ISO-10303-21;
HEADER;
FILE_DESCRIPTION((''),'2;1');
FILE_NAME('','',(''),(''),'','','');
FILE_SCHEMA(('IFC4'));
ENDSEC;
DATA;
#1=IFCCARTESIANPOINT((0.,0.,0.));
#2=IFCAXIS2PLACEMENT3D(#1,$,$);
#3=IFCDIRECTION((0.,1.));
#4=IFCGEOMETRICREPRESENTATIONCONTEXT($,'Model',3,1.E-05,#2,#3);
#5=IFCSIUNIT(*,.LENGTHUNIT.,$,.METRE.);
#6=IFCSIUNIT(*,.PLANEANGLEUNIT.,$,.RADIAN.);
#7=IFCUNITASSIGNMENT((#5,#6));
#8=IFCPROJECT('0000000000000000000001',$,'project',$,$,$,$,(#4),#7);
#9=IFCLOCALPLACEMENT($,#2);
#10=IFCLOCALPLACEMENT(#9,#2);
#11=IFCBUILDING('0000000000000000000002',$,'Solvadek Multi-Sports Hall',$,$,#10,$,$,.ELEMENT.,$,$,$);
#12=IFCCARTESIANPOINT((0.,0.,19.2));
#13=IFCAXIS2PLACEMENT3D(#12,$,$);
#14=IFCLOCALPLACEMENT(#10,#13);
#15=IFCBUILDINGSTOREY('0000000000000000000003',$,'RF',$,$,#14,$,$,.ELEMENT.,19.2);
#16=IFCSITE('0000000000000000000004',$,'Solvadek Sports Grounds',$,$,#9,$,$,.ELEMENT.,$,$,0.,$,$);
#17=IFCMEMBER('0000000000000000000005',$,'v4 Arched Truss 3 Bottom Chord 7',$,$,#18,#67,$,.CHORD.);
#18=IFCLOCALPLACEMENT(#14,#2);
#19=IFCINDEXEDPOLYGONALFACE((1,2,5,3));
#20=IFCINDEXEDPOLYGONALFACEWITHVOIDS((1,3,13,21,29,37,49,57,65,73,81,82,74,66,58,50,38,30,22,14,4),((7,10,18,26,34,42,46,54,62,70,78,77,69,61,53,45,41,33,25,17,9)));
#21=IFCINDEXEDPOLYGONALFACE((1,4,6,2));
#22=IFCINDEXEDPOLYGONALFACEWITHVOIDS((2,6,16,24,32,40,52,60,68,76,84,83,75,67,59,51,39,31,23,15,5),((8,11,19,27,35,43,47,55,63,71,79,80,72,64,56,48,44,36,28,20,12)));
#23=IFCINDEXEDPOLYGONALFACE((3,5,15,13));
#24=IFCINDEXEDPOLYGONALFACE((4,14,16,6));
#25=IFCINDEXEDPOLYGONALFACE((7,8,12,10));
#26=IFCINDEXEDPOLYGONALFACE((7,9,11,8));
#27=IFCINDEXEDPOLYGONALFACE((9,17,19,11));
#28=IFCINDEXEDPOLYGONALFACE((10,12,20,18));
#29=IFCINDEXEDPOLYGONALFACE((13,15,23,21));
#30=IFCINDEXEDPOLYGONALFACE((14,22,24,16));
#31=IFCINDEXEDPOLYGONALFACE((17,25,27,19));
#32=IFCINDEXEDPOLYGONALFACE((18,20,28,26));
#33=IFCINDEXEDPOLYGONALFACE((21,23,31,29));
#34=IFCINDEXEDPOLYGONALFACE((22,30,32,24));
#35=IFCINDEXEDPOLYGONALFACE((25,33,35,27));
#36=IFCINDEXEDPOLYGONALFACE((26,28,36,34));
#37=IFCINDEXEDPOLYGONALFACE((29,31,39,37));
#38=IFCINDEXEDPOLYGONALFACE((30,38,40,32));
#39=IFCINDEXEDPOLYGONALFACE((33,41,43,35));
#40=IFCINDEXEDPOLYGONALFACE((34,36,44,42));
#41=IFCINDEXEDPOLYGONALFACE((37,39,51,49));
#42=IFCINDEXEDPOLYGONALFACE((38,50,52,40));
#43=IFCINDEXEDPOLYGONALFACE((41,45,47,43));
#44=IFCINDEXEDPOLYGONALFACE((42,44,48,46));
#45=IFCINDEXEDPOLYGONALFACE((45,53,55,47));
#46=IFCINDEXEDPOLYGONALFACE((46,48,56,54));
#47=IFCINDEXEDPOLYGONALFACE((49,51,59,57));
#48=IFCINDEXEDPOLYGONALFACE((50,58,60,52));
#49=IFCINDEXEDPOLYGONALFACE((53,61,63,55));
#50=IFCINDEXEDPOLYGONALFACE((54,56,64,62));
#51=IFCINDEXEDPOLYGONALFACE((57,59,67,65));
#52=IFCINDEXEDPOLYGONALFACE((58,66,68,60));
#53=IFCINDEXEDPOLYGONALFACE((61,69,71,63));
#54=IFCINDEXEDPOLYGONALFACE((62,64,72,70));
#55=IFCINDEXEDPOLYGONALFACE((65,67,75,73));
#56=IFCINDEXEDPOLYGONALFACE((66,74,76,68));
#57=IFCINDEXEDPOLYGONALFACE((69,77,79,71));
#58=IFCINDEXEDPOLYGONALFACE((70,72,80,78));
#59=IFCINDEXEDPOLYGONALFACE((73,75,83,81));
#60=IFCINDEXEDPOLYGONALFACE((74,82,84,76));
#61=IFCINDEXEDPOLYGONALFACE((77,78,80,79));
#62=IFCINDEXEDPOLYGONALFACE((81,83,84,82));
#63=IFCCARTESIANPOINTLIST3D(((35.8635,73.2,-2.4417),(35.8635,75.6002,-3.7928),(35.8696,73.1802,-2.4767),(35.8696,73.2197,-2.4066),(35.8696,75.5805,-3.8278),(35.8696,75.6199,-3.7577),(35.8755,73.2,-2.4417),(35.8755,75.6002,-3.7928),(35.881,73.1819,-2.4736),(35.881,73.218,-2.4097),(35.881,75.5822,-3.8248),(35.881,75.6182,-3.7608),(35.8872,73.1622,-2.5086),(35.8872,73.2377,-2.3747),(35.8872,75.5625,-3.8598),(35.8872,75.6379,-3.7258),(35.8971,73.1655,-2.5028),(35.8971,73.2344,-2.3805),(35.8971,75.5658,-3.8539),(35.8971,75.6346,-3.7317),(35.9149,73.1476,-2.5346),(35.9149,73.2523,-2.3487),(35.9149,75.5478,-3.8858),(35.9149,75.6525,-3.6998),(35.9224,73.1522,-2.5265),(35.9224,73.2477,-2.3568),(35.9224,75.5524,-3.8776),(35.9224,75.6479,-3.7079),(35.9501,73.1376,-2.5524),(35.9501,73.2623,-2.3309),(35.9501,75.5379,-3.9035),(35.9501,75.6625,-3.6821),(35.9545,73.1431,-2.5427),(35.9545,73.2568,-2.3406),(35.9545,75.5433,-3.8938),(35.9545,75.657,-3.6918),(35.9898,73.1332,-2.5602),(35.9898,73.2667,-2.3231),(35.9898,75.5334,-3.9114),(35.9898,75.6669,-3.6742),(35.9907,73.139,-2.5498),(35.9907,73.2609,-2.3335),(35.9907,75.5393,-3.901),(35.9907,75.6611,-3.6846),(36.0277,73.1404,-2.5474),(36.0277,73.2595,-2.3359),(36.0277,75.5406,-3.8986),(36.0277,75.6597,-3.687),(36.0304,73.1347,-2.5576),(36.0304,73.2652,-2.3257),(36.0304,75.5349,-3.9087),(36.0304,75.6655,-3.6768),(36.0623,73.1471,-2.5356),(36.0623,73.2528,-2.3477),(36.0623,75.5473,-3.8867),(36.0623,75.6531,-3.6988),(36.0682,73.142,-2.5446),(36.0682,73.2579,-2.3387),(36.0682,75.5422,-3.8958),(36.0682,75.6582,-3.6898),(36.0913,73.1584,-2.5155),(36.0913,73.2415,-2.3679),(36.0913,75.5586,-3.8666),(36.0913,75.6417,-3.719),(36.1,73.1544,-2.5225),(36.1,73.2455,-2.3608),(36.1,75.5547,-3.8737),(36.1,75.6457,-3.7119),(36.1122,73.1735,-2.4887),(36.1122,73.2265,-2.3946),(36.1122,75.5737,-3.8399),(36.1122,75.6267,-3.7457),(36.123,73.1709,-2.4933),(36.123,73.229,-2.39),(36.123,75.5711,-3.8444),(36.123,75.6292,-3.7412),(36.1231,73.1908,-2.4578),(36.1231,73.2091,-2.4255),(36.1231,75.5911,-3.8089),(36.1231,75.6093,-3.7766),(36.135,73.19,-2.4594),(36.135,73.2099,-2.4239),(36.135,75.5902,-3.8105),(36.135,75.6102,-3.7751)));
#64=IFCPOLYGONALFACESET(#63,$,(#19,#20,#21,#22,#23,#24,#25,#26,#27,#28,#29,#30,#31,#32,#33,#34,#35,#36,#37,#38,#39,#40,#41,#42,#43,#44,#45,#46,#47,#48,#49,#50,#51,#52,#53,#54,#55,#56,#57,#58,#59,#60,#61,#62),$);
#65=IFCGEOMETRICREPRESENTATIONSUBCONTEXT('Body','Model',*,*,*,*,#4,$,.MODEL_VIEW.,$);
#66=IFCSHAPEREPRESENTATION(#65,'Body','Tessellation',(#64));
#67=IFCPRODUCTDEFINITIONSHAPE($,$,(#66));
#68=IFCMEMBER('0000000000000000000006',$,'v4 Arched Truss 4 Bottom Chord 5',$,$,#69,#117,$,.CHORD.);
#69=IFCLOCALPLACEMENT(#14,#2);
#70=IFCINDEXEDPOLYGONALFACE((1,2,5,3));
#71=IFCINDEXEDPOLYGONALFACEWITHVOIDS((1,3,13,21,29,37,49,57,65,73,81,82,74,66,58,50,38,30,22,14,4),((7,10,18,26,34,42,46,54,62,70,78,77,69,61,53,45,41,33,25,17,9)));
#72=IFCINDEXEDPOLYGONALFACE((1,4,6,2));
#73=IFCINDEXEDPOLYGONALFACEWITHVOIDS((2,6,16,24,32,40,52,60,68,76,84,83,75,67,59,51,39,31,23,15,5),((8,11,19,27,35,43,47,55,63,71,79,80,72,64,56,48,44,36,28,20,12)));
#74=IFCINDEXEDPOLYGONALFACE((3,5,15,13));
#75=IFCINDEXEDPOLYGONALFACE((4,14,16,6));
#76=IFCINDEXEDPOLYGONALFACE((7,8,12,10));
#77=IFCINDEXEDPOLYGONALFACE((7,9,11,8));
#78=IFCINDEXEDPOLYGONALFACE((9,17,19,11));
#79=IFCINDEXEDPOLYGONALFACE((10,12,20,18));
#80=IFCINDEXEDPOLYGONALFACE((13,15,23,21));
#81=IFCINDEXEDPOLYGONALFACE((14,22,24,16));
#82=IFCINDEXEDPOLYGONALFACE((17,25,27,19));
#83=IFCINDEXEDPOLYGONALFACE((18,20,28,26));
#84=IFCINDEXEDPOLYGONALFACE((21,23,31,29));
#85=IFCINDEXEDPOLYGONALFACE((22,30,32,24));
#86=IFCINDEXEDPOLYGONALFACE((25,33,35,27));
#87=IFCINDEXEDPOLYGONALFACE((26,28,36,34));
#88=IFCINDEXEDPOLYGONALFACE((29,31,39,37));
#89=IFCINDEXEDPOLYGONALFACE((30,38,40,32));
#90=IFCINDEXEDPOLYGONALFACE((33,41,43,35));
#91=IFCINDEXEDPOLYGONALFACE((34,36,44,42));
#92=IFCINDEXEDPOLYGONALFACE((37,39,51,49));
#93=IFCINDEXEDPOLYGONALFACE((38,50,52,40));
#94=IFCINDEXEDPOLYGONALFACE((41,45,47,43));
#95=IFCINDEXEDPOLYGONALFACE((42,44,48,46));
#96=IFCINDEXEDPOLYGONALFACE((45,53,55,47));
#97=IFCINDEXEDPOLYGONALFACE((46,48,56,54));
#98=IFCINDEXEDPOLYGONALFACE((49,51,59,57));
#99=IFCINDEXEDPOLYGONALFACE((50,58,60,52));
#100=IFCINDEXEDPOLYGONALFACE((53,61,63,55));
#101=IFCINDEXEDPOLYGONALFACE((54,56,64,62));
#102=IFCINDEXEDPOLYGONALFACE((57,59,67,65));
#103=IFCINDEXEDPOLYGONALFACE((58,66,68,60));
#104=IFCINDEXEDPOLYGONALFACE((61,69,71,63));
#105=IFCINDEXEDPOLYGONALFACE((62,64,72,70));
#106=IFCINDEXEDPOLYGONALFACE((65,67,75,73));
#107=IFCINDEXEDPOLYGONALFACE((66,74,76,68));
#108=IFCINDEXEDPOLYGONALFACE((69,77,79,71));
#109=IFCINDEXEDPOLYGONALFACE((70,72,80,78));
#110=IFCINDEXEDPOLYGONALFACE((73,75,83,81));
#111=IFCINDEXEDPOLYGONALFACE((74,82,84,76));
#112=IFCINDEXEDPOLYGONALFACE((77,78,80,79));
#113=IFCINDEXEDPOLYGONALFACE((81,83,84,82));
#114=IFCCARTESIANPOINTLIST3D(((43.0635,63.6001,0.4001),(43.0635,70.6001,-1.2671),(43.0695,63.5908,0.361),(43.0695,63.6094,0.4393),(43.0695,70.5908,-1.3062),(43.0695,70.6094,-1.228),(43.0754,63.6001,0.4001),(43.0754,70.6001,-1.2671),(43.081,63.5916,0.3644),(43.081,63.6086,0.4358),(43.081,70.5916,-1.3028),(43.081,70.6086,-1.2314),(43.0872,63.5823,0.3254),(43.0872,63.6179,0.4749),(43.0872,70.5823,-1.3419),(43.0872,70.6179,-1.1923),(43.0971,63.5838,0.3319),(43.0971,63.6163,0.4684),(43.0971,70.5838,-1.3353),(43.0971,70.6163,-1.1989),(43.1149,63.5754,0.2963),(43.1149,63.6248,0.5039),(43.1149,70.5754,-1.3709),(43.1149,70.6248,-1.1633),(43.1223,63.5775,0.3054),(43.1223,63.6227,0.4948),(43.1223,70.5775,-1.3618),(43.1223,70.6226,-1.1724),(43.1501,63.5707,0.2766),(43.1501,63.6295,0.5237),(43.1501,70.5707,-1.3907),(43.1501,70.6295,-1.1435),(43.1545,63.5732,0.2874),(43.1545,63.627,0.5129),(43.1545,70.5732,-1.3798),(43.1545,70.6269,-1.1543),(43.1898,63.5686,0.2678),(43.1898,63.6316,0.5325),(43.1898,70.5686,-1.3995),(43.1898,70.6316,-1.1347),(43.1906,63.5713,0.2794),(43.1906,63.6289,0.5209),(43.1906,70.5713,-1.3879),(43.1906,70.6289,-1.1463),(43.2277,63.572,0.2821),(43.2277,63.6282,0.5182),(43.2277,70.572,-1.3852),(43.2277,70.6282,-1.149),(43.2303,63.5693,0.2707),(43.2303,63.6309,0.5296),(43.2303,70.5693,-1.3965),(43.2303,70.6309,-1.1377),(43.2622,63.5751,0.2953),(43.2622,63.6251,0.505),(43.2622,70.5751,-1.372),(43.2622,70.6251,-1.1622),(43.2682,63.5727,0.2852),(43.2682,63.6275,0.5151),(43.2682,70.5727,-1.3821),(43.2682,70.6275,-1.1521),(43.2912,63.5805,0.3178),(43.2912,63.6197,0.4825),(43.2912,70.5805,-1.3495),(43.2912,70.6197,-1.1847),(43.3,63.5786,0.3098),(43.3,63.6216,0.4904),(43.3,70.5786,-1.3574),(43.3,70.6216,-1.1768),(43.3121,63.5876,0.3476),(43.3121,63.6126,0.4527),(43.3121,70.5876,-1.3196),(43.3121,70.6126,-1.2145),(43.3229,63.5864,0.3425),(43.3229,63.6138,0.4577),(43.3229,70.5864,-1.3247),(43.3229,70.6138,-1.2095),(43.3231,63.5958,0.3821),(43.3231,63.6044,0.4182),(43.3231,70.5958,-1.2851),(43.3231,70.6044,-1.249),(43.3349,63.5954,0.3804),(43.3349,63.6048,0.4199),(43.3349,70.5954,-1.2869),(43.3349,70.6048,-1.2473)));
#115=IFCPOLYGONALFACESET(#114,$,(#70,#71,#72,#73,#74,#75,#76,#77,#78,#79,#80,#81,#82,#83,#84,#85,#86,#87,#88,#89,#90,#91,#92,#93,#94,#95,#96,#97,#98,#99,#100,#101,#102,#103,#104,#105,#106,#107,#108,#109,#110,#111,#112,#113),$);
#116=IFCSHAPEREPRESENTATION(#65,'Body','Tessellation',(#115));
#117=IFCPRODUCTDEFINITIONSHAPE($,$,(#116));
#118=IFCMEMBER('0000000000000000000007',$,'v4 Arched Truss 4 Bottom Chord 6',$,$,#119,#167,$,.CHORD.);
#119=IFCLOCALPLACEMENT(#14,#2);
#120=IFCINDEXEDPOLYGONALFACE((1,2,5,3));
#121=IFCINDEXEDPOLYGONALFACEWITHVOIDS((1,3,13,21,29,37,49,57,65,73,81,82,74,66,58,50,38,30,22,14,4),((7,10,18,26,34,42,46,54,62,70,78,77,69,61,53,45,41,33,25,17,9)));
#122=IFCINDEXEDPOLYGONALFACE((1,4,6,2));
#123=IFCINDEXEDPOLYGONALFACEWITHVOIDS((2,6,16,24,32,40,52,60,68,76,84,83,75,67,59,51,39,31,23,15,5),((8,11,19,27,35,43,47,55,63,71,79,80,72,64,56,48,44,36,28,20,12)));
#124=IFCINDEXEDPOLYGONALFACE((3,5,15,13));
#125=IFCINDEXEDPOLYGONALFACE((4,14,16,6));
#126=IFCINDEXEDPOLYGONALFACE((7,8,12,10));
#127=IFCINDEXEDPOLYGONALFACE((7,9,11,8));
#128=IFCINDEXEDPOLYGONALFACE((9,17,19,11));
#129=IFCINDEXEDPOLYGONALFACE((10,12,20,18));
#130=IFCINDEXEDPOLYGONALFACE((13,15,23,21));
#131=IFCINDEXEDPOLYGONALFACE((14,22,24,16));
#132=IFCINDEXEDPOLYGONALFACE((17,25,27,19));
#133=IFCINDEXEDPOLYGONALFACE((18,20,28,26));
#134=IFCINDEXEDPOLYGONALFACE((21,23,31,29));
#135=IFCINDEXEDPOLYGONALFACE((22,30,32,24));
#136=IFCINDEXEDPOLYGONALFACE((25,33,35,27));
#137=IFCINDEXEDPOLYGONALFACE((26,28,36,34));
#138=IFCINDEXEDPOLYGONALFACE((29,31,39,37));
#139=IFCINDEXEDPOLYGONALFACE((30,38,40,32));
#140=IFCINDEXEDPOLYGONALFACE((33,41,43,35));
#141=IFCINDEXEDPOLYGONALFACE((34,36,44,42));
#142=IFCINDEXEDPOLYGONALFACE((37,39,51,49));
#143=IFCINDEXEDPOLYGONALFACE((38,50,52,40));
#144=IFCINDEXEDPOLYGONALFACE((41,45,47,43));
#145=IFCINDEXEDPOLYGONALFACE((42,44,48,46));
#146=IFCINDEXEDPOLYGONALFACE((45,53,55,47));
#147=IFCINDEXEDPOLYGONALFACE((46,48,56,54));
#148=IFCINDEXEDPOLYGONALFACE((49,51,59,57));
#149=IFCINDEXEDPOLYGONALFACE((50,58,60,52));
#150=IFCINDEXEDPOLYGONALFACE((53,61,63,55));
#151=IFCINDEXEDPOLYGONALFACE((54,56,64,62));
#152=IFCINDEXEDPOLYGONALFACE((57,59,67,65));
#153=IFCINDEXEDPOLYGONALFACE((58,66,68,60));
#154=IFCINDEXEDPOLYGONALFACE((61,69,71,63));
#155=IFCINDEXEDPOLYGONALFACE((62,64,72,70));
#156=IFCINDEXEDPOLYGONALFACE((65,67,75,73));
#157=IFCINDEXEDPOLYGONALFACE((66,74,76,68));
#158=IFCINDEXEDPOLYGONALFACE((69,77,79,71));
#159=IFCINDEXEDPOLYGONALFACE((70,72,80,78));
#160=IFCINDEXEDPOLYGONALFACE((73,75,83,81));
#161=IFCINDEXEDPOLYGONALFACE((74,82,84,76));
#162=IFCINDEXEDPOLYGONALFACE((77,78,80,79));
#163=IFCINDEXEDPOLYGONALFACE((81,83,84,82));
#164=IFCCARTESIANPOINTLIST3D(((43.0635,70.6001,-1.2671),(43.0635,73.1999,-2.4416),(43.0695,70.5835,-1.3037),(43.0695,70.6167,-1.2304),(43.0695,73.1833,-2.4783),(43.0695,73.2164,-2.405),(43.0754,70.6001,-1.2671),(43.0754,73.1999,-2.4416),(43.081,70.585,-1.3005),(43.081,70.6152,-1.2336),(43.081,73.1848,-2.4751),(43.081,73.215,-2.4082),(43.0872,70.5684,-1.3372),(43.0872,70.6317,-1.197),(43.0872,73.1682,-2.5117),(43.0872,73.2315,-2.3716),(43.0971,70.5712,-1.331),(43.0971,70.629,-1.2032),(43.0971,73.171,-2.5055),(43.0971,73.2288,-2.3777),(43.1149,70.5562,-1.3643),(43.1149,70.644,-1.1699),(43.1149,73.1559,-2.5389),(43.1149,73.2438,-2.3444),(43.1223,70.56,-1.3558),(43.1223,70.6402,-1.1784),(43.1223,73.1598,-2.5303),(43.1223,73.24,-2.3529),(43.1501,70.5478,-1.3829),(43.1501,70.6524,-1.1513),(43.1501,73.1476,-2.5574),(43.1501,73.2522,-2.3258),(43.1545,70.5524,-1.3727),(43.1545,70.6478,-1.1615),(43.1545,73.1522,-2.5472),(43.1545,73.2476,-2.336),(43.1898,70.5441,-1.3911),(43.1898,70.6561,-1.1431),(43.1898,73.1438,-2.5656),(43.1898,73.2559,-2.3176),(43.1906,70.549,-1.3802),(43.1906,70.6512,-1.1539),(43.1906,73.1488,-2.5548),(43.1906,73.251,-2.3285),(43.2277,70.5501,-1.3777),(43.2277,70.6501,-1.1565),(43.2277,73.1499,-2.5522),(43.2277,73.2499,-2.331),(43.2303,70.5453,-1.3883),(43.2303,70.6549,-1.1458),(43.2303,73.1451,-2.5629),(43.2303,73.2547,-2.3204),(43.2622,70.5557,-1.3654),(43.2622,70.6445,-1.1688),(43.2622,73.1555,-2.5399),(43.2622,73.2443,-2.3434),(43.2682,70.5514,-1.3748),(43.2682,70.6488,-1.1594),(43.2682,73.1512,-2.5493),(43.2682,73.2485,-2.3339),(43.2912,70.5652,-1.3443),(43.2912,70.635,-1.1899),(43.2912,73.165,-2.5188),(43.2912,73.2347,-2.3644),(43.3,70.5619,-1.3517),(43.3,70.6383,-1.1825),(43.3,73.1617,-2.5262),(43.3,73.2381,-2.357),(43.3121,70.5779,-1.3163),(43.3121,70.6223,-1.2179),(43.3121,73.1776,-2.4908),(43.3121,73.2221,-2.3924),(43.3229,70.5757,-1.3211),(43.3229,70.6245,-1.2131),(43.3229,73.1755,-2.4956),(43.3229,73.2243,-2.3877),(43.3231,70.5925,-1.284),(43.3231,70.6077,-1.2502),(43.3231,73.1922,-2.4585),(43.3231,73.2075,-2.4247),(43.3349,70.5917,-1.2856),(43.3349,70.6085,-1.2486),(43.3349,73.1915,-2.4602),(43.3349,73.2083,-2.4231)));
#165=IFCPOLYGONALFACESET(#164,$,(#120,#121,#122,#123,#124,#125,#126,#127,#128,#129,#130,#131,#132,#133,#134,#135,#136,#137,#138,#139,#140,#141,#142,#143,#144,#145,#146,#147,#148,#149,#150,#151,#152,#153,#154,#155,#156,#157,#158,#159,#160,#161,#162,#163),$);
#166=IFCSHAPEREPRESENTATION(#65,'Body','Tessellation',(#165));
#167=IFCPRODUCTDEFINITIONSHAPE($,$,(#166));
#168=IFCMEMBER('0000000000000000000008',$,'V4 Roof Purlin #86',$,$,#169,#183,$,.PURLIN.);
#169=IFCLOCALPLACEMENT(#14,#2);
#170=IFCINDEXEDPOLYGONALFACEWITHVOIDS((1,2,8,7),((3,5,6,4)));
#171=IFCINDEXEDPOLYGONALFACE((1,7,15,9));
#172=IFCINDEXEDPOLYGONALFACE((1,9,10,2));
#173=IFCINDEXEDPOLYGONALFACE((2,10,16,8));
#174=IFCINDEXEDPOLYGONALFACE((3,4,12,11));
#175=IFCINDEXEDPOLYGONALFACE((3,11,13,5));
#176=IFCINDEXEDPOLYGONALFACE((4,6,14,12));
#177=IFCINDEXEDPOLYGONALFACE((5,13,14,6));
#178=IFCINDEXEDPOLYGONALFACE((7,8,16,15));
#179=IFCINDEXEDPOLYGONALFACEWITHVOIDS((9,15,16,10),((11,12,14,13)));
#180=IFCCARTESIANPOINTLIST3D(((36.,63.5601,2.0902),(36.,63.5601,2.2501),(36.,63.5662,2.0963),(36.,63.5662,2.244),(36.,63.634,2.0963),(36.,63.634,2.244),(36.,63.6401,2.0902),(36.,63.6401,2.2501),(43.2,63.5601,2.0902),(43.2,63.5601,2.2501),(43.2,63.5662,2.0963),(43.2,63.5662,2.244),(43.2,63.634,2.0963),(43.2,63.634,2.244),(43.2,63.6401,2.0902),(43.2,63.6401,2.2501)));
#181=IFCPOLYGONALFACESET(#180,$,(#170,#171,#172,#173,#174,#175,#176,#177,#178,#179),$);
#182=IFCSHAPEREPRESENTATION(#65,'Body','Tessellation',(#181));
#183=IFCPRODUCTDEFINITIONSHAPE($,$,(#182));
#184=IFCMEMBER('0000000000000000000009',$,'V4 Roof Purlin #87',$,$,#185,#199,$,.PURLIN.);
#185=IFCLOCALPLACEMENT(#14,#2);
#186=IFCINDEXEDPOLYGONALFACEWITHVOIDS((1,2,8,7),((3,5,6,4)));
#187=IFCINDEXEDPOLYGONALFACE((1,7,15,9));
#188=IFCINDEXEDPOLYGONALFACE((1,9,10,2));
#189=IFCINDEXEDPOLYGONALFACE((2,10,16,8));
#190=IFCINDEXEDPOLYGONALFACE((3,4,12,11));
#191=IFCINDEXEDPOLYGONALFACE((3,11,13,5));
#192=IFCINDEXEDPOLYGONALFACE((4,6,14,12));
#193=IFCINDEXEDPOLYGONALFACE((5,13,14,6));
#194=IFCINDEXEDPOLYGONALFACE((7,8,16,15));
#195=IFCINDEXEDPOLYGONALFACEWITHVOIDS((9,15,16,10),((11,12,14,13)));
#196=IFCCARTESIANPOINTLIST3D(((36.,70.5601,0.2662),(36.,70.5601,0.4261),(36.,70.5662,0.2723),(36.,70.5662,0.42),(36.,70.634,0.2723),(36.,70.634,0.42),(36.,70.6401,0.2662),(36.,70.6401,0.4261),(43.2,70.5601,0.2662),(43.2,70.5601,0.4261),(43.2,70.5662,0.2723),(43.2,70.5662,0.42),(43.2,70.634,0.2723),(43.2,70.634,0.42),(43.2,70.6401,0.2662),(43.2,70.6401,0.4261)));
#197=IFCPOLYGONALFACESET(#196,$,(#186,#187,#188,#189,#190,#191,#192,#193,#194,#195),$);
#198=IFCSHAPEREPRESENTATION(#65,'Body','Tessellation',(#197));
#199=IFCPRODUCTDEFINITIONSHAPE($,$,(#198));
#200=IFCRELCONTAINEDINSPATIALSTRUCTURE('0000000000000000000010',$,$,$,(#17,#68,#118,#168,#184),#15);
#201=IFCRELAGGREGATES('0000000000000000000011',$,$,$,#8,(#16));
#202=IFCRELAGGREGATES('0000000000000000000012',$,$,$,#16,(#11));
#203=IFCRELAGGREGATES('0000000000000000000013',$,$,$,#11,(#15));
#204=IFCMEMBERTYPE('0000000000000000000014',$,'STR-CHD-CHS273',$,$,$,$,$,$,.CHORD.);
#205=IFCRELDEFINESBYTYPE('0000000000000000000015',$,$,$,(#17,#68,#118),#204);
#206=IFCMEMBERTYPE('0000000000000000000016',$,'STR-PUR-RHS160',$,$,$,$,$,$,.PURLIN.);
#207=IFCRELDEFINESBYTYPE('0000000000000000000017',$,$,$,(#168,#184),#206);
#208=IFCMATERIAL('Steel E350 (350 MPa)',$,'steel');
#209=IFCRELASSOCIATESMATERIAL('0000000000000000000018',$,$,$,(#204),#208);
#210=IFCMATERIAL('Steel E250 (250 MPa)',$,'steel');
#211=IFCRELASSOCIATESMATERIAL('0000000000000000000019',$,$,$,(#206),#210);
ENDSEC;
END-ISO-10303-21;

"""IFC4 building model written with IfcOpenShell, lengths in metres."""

from ifc_helpers import new_model, si_unit, direction, frame, origin, origin_2d, place, context, subcontext, project, spatial, hollow_rectangle, hollow_circle, extrude, material, material_profile, profile_set, type_object, element, save


model = new_model("IFC4")

# Units and contexts
model_context = context("Model", 3, precision=1e-05, world=origin(), true_north=direction((0.0, 1.0)))
body_context = subcontext(model_context, "Body", "Model", "MODEL_VIEW")
ifc_project = project(units=[si_unit("LENGTHUNIT", "METRE"), si_unit("PLANEANGLEUNIT", "RADIAN")], contexts=[model_context])

# Site, building, storey
site_placement = place(None, origin())
site = spatial("IfcSite", under=ifc_project, at=site_placement, Name="Solvadek Sports Grounds", CompositionType="ELEMENT", RefElevation=0.0)
building_placement = place(site_placement, origin())
building = spatial("IfcBuilding", under=site, at=building_placement, Name="Solvadek Multi-Sports Hall", CompositionType="ELEMENT")
storey_placement = place(building_placement, frame((0.0, 0.0, 19.2)))
storey = spatial("IfcBuildingStorey", under=building, at=storey_placement, Name="RF", CompositionType="ELEMENT", Elevation=19.2)

# Members
ifc_material_1 = material(Name="Steel E350 (350 MPa)", Category="steel")
ifc_material_profile_1 = material_profile(ifc_material_1, hollow_circle(Radius=0.1365, WallThickness=0.012, at=origin_2d()), Name="CHS 273.0x12")
ifc_profile_set_1 = profile_set([ifc_material_profile_1], Name="Steel E350 (350 MPa)")
member_type_1 = type_object("IfcMemberType", Name="STR-CHD-CHS273", PredefinedType="CHORD", material=ifc_profile_set_1)
member_1_placement = place(storey_placement, frame((36.0, 73.2, -2.4417), z_axis=(0.0, 0.871422, -0.490535), x_axis=(-1.0, 0.0, 0.0)))
element("IfcMember", 1, at=member_1_placement, inside=storey, type_object=member_type_1, Name="v4 Arched Truss 3 Bottom Chord 7", PredefinedType="CHORD", context=body_context, shape_type="SweptSolid", body=[
    extrude(hollow_circle(Radius=0.1365, WallThickness=0.012, at=origin_2d()), origin(), (0.0, 0.0, 1.0), 2.7544),
])
member_2_placement = place(storey_placement, frame((43.2, 63.6001, 0.4001), z_axis=(0.0, 0.972788, -0.231695), x_axis=(-1.0, 0.0, 0.0)))
element("IfcMember", 2, at=member_2_placement, inside=storey, type_object=member_type_1, Name="v4 Arched Truss 4 Bottom Chord 5", PredefinedType="CHORD", context=body_context, shape_type="SweptSolid", body=[
    extrude(hollow_circle(Radius=0.1365, WallThickness=0.012, at=origin_2d()), origin(), (0.0, 0.0, 1.0), 7.1958),
])
member_3_placement = place(storey_placement, frame((43.2, 70.6001, -1.2671), z_axis=(0.0, 0.911314, -0.411713), x_axis=(-1.0, 0.0, 0.0)))
element("IfcMember", 3, at=member_3_placement, inside=storey, type_object=member_type_1, Name="v4 Arched Truss 4 Bottom Chord 6", PredefinedType="CHORD", context=body_context, shape_type="SweptSolid", body=[
    extrude(hollow_circle(Radius=0.1365, WallThickness=0.012, at=origin_2d()), origin(), (0.0, 0.0, 1.0), 2.8528),
])
ifc_material_2 = material(Name="Steel E250 (250 MPa)", Category="steel")
ifc_material_profile_2 = material_profile(ifc_material_2, hollow_rectangle(XDim=0.0801, YDim=0.1599, WallThickness=0.0061, at=origin_2d()), Name="RHS 160x80x6")
ifc_profile_set_2 = profile_set([ifc_material_profile_2], Name="Steel E250 (250 MPa)")
member_type_2 = type_object("IfcMemberType", Name="STR-PUR-RHS160", PredefinedType="PURLIN", material=ifc_profile_set_2)
for number, where, z_axis, x_axis, name in (
    (4, (36.0, 63.6001, 2.1702), (1.0, 0.0, 0.0), (0.0, 1.0, 0.0), "V4 Roof Purlin #86"),
    (5, (36.0, 70.6001, 0.3462), (1.0, 0.0, 0.0), (0.0, 1.0, 0.0), "V4 Roof Purlin #87"),
):
    element("IfcMember", number, at=place(storey_placement, frame(where, z_axis=z_axis, x_axis=x_axis)), inside=storey, type_object=member_type_2, Name=name, PredefinedType="PURLIN", context=body_context, shape_type="SweptSolid", body=[
        extrude(hollow_rectangle(XDim=0.0801, YDim=0.1599, WallThickness=0.0061, at=origin_2d()), origin(), (0.0, 0.0, 1.0), 7.2),
    ])

save(model, "model.ifc")
